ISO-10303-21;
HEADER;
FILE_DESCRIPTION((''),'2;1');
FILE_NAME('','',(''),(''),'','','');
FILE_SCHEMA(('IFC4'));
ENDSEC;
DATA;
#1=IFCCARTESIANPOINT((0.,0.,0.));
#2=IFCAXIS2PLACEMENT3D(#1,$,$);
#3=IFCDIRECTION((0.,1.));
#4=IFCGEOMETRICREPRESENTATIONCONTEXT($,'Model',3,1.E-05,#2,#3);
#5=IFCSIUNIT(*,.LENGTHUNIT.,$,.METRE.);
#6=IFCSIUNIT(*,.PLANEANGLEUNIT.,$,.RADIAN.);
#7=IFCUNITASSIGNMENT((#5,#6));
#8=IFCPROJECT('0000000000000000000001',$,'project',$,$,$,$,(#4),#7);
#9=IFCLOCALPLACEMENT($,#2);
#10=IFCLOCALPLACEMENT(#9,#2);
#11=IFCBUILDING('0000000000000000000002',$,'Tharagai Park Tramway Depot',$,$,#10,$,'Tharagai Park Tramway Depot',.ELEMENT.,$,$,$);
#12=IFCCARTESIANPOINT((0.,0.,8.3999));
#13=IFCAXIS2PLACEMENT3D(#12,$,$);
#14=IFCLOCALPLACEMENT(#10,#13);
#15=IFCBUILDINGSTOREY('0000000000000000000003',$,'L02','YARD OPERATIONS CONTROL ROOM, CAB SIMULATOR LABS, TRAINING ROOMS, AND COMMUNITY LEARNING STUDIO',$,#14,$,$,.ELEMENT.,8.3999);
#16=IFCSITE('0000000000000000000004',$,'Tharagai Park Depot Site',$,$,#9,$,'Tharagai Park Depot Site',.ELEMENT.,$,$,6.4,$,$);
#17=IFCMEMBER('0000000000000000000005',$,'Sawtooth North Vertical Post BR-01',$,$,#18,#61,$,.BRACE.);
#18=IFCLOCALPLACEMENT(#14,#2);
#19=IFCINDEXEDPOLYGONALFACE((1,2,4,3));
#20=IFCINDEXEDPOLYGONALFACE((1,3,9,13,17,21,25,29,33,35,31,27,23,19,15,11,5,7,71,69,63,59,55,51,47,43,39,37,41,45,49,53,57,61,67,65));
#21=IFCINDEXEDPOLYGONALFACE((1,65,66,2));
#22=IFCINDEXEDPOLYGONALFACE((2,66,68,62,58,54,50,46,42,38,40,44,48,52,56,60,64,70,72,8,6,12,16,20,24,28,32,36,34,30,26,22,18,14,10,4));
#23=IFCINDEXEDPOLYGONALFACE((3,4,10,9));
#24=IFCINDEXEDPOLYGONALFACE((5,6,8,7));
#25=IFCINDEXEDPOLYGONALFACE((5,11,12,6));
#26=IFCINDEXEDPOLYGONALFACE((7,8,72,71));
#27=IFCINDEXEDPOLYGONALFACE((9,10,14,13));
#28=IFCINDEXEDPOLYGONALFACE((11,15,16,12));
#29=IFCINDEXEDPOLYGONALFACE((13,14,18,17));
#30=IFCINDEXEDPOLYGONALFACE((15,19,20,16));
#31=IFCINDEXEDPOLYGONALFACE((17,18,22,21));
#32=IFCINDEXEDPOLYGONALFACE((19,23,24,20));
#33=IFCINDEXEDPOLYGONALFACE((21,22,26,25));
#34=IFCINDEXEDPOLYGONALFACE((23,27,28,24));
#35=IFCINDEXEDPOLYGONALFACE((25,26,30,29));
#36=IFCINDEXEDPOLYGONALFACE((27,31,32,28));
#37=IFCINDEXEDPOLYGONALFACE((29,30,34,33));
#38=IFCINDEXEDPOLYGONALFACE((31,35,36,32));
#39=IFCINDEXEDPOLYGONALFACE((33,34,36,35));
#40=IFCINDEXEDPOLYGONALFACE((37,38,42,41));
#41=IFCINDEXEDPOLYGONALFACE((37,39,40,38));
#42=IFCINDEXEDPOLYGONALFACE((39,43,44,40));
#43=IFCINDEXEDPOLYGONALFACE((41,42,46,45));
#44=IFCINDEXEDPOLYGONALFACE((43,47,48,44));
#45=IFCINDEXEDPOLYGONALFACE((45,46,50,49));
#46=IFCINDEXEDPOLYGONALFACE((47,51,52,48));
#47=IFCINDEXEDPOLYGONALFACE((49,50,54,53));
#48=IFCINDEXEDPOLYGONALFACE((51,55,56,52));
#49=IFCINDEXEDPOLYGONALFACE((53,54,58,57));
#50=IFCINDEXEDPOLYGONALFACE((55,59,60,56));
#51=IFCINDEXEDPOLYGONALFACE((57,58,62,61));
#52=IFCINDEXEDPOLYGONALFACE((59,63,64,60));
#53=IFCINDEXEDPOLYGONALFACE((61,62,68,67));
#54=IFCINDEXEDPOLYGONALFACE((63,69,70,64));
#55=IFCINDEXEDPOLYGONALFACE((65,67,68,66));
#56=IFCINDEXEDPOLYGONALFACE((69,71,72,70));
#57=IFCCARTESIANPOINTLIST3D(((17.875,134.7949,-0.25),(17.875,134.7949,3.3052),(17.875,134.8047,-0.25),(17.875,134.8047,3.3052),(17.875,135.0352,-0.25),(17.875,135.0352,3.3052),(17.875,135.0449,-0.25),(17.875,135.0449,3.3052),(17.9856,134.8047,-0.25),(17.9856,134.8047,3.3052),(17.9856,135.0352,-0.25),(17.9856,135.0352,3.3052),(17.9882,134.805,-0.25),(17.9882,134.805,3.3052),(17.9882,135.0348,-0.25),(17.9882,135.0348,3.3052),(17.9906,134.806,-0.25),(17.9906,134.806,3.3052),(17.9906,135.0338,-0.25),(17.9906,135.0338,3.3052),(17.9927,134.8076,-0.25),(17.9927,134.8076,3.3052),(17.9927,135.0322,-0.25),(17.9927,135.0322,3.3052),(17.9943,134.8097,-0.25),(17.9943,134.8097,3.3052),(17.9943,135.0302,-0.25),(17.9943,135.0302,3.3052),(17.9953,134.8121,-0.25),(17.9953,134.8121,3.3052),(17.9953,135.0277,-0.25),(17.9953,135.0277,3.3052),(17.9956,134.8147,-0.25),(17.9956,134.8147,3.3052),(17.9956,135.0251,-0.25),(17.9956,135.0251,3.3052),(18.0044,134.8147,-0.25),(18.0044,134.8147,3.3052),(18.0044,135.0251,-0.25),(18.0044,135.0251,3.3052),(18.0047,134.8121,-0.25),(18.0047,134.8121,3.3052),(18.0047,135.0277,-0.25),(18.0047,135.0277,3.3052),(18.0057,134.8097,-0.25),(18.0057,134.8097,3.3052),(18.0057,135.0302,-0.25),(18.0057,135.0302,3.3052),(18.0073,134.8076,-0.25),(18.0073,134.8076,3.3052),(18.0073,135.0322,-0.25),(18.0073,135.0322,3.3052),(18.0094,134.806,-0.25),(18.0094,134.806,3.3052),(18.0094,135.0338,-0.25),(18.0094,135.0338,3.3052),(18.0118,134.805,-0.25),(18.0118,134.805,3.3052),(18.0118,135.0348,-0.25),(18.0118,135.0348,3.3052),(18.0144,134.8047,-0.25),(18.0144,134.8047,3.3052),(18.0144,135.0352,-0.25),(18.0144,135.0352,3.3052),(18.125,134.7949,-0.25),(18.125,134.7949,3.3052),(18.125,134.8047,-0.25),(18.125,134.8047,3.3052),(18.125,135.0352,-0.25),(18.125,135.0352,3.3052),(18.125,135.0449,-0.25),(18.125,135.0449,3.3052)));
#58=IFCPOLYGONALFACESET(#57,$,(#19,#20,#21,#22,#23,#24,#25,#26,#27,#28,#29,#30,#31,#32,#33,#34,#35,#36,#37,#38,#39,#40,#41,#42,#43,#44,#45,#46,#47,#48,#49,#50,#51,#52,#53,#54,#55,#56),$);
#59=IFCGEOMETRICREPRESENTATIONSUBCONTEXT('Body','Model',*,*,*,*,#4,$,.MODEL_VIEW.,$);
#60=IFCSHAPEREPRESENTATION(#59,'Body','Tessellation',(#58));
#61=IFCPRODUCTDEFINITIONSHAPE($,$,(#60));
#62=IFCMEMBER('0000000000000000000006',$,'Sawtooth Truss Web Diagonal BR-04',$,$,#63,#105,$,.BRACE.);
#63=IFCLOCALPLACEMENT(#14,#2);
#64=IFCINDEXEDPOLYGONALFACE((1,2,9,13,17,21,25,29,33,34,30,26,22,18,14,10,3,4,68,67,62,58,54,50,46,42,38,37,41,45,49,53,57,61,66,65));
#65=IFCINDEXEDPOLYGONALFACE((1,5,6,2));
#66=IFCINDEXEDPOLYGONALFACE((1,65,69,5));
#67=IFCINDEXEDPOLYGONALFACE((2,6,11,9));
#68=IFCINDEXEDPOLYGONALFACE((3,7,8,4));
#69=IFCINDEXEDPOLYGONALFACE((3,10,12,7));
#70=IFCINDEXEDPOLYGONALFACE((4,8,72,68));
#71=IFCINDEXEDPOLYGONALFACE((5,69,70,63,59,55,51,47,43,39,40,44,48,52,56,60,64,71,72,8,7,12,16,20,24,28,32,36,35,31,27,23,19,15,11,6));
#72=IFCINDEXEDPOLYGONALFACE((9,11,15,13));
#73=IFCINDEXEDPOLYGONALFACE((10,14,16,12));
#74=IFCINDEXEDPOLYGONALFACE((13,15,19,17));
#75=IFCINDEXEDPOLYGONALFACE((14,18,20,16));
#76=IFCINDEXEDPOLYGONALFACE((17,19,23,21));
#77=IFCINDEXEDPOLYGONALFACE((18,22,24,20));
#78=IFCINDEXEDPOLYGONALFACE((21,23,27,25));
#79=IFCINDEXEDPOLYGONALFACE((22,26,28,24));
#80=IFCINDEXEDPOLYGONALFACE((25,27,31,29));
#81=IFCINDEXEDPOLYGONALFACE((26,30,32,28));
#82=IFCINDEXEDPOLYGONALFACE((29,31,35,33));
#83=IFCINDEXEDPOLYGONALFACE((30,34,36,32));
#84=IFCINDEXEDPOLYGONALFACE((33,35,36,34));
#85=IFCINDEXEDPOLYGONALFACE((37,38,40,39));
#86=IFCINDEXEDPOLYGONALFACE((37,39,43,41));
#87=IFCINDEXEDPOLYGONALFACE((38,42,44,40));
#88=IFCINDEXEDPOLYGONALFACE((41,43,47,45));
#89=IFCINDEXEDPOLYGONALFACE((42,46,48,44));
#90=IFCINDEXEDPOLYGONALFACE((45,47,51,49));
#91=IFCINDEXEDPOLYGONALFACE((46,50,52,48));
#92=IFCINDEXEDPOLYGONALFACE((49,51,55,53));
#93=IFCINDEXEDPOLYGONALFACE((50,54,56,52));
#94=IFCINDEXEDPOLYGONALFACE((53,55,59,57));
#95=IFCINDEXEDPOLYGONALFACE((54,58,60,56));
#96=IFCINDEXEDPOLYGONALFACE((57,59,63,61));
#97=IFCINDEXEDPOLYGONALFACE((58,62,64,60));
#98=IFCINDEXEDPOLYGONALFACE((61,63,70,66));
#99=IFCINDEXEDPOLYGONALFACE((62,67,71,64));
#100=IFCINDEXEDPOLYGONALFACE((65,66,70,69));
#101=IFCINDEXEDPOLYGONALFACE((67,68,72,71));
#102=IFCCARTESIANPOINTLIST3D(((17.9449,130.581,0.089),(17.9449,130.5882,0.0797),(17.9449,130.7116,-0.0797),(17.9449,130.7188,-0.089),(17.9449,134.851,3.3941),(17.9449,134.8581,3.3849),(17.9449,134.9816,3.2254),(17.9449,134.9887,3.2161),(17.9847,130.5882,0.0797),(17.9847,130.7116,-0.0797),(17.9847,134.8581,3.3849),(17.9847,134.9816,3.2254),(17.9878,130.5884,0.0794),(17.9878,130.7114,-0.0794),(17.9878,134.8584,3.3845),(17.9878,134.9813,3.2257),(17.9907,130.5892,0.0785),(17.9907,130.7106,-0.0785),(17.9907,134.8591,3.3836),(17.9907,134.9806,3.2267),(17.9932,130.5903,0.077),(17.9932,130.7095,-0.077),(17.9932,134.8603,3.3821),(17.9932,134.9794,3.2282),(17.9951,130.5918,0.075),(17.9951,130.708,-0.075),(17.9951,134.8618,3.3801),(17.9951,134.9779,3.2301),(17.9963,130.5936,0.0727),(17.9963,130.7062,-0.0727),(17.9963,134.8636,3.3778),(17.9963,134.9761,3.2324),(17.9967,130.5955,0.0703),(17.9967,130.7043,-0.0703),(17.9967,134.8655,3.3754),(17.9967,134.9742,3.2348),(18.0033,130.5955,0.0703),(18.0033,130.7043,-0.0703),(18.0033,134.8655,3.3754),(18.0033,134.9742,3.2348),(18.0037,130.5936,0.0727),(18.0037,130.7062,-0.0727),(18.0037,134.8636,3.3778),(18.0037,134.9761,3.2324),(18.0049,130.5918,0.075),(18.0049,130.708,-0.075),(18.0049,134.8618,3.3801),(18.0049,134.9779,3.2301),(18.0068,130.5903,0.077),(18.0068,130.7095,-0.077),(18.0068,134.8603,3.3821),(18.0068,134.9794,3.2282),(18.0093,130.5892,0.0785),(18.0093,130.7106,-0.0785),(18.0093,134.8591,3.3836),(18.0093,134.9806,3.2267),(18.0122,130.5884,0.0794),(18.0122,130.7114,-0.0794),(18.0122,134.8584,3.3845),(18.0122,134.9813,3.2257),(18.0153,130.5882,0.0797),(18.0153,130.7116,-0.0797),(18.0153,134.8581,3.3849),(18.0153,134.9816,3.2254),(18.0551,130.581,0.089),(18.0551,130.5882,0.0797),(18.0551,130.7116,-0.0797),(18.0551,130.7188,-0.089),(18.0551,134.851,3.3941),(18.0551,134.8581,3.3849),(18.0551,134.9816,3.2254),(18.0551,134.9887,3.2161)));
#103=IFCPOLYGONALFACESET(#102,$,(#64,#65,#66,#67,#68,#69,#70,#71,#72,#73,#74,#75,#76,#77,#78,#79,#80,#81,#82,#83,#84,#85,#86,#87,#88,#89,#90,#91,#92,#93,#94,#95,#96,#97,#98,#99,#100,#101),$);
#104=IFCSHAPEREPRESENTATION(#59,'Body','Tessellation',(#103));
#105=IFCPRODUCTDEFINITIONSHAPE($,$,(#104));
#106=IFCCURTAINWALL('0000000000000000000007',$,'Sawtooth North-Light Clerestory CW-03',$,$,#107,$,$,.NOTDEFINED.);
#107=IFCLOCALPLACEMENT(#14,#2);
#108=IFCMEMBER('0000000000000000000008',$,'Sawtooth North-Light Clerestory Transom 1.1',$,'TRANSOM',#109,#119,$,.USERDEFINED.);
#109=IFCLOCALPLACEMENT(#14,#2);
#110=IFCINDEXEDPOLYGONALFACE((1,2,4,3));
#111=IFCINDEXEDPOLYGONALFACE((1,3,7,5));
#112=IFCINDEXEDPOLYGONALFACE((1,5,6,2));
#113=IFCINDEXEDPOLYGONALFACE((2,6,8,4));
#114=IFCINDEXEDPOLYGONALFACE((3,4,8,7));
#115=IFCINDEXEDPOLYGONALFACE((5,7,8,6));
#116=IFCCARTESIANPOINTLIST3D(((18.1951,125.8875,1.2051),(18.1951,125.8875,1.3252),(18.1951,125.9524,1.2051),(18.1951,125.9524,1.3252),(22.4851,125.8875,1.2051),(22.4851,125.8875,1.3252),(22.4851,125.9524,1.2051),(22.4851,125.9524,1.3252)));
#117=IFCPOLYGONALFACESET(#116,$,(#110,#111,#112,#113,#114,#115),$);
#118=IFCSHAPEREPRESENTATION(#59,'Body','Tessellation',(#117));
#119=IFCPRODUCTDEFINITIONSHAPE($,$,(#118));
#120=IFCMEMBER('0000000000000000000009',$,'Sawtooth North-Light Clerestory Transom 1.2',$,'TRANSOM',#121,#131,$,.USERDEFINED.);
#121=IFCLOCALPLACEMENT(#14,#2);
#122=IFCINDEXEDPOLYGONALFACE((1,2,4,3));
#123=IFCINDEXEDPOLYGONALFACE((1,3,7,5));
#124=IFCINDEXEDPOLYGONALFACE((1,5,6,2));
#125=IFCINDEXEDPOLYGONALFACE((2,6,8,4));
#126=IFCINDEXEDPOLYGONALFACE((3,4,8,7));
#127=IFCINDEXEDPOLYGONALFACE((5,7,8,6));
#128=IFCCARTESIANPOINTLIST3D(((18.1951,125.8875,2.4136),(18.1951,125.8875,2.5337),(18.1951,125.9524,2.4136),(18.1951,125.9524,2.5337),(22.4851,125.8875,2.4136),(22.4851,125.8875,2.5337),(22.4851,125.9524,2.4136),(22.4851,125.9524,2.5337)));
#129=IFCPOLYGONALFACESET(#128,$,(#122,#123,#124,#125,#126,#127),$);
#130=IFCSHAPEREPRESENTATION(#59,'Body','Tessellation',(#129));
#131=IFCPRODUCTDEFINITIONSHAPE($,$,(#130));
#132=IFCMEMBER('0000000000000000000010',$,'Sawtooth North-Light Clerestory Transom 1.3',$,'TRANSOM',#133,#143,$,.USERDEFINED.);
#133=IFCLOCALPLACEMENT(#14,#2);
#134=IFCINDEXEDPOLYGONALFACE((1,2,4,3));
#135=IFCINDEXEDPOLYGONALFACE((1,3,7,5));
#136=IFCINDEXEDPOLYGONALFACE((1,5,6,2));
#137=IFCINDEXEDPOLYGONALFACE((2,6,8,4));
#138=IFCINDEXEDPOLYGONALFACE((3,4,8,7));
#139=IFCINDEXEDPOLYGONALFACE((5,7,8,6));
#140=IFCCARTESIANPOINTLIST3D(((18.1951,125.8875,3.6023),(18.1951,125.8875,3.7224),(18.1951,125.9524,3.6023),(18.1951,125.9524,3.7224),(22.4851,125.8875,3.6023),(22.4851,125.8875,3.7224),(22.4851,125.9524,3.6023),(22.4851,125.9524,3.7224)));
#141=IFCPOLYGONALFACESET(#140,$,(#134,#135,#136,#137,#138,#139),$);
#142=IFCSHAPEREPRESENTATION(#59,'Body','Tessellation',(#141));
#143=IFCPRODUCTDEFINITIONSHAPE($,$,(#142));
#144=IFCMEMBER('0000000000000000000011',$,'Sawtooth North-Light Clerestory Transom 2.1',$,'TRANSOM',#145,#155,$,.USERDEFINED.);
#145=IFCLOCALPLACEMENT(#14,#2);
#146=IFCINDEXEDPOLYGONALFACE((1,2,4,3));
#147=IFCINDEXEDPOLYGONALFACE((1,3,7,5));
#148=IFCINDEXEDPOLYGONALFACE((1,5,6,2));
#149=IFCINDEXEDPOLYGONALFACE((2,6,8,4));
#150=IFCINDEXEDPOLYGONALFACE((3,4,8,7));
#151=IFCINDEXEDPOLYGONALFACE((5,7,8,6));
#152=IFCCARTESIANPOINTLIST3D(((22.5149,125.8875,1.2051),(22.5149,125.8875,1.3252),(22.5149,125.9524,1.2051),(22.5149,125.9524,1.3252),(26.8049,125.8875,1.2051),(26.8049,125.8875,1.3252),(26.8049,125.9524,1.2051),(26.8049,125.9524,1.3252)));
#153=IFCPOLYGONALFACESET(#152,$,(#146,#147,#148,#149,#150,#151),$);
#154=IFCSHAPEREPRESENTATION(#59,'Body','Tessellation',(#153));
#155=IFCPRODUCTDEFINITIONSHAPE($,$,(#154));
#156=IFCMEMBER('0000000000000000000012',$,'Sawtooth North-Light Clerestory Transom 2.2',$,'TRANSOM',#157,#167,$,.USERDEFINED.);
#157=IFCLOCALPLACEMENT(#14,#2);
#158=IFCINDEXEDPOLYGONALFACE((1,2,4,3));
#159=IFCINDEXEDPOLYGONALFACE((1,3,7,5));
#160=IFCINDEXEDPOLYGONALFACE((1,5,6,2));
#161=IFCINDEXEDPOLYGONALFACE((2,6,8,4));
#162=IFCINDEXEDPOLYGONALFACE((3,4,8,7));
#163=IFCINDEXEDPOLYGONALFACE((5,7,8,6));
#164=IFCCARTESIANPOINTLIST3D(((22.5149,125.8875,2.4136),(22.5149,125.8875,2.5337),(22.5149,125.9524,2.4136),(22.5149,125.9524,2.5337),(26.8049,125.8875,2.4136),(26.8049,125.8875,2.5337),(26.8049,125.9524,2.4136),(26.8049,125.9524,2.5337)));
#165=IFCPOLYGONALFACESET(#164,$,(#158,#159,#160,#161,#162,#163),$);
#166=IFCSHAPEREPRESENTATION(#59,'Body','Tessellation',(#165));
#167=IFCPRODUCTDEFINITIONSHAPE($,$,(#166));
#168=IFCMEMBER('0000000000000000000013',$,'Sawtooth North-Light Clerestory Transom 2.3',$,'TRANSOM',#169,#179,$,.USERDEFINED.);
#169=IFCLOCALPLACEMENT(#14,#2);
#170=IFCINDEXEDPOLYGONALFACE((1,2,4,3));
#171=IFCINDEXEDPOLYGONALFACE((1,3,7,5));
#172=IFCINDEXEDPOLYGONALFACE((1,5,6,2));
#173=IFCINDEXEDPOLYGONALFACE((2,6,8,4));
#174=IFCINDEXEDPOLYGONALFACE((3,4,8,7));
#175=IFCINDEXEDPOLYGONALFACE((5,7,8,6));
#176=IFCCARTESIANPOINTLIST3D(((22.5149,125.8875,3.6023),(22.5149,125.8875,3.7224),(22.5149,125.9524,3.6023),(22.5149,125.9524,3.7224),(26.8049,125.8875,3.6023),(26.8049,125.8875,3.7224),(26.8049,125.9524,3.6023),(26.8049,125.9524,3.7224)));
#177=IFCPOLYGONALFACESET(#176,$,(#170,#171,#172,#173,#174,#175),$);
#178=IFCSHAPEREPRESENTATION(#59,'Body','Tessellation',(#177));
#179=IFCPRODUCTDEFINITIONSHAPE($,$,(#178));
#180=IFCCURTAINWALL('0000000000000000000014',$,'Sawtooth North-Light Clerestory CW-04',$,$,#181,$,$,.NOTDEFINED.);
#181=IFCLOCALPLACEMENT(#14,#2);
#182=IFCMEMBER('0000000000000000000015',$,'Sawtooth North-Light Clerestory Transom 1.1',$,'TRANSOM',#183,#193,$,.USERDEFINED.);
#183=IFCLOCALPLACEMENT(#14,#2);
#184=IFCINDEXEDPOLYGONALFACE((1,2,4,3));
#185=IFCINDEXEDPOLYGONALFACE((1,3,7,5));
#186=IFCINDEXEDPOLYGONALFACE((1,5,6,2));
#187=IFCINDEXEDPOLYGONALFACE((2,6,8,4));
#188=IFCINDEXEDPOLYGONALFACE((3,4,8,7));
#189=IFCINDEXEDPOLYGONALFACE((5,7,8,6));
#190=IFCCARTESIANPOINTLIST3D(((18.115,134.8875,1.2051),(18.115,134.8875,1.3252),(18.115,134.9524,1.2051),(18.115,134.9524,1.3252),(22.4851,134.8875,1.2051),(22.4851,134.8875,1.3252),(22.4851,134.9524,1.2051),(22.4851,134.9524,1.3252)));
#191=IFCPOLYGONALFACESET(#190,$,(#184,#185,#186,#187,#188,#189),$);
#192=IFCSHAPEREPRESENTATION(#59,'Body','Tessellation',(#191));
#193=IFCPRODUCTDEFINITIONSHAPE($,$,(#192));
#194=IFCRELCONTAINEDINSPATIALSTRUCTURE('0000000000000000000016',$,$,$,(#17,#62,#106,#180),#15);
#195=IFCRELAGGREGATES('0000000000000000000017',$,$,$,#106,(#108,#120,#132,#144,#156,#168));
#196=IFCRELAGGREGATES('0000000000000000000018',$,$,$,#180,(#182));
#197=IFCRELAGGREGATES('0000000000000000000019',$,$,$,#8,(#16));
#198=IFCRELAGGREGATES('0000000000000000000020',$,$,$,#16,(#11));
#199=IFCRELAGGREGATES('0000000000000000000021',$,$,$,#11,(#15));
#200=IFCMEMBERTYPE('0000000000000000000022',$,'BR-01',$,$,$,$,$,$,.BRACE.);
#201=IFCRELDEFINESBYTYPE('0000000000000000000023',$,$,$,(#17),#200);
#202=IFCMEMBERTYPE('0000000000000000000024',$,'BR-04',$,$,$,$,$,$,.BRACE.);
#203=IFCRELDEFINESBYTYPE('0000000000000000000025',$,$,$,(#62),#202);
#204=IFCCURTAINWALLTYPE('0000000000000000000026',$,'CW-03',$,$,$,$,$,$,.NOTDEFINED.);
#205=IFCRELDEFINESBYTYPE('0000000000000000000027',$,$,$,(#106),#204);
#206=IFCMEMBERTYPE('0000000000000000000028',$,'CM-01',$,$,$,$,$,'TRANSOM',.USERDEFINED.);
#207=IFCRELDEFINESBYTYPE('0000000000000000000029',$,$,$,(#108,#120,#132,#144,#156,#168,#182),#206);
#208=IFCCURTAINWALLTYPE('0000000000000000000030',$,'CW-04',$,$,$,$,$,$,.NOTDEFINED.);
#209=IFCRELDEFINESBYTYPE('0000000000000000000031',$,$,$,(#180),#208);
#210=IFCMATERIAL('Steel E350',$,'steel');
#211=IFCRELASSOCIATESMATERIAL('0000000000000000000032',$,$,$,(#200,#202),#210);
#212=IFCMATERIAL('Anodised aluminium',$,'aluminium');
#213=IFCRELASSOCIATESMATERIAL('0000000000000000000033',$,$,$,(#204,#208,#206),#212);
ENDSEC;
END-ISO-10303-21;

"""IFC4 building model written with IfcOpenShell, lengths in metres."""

from ifc_helpers import new_model, si_unit, direction, frame, origin, origin_2d, place, context, subcontext, project, spatial, rectangle, i_section, extrude, material, material_profile, profile_set, type_object, element, aggregate, save


model = new_model("IFC4")

# Units and contexts
model_context = context("Model", 3, precision=1e-05, world=origin(), true_north=direction((0.0, 1.0)))
body_context = subcontext(model_context, "Body", "Model", "MODEL_VIEW")
ifc_project = project(units=[si_unit("LENGTHUNIT", "METRE"), si_unit("PLANEANGLEUNIT", "RADIAN")], contexts=[model_context])

# Site, building, storey
site_placement = place(None, origin())
site = spatial("IfcSite", under=ifc_project, at=site_placement, Name="Tharagai Park Depot Site", LongName="Tharagai Park Depot Site", CompositionType="ELEMENT", RefElevation=6.4)
building_placement = place(site_placement, origin())
building = spatial("IfcBuilding", under=site, at=building_placement, Name="Tharagai Park Tramway Depot", LongName="Tharagai Park Tramway Depot", CompositionType="ELEMENT")
storey_placement = place(building_placement, frame((0.0, 0.0, 8.3999)))
storey = spatial("IfcBuildingStorey", under=building, at=storey_placement, Name="L02", Description="YARD OPERATIONS CONTROL ROOM, CAB SIMULATOR LABS, TRAINING ROOMS, AND COMMUNITY LEARNING STUDIO", CompositionType="ELEMENT", Elevation=8.3999)

# Members
ifc_material_1 = material(Name="Steel E350", Category="steel")
ifc_material_profile_1 = material_profile(ifc_material_1, i_section(OverallWidth=0.25, OverallDepth=0.25, WebThickness=0.0088, FlangeThickness=0.0098, FilletRadius=0.01, at=origin_2d()), Name="ISHB 250")
ifc_profile_set_1 = profile_set([ifc_material_profile_1], Name="Steel E350")
member_type_1 = type_object("IfcMemberType", Name="BR-01", PredefinedType="BRACE", material=ifc_profile_set_1)
member_1_placement = place(storey_placement, frame((18.0, 134.9199, -0.25), z_axis=(0.0, 0.0, 1.0), x_axis=(1.0, 0.0, 0.0)))
element("IfcMember", 1, at=member_1_placement, inside=storey, type_object=member_type_1, Name="Sawtooth North Vertical Post BR-01", PredefinedType="BRACE", context=body_context, shape_type="SweptSolid", body=[
    extrude(i_section(OverallWidth=0.25, OverallDepth=0.25, WebThickness=0.0088, FlangeThickness=0.0098, FilletRadius=0.01, at=origin_2d()), origin(), (0.0, 0.0, 1.0), 3.5552),
])
ifc_material_profile_2 = material_profile(ifc_material_1, i_section(OverallWidth=0.1101, OverallDepth=0.2251, WebThickness=0.0066, FlangeThickness=0.0117, FilletRadius=0.012, at=origin_2d()), Name="ISMB 225")
ifc_profile_set_2 = profile_set([ifc_material_profile_2], Name="Steel E350")
member_type_2 = type_object("IfcMemberType", Name="BR-04", PredefinedType="BRACE", material=ifc_profile_set_2)
member_2_placement = place(storey_placement, frame((18.0, 130.6499, 0.0), z_axis=(0.0, 0.790782, 0.612098), x_axis=(-1.0, 0.0, 0.0)))
element("IfcMember", 2, at=member_2_placement, inside=storey, type_object=member_type_2, Name="Sawtooth Truss Web Diagonal BR-04", PredefinedType="BRACE", context=body_context, shape_type="SweptSolid", body=[
    extrude(i_section(OverallWidth=0.1101, OverallDepth=0.2251, WebThickness=0.0066, FlangeThickness=0.0117, FilletRadius=0.012, at=origin_2d()), origin(), (0.0, 0.0, 1.0), 5.3997),
])

# Curtain walls, members
ifc_material_2 = material(Name="Anodised aluminium", Category="aluminium")
curtain_wall_type_1 = type_object("IfcCurtainWallType", Name="CW-03", PredefinedType="NOTDEFINED", material=ifc_material_2)
curtain_wall_1_placement = place(storey_placement, origin())
curtain_wall_1 = element("IfcCurtainWall", 3, at=curtain_wall_1_placement, inside=storey, type_object=curtain_wall_type_1, Name="Sawtooth North-Light Clerestory CW-03", PredefinedType="NOTDEFINED")
ifc_material_profile_3 = material_profile(ifc_material_2, rectangle(XDim=0.0649, YDim=0.1201, at=origin_2d()), Name="ALU 65x120")
ifc_profile_set_3 = profile_set([ifc_material_profile_3], Name="Anodised aluminium")
member_type_3 = type_object("IfcMemberType", Name="CM-01", ElementType="TRANSOM", PredefinedType="USERDEFINED", material=ifc_profile_set_3)
member_3_placement = place(storey_placement, frame((18.1951, 125.9199, 1.2651), z_axis=(1.0, 0.0, 0.0), x_axis=(0.0, 1.0, 0.0)))
member_3 = element("IfcMember", 4, at=member_3_placement, type_object=member_type_3, Name="Sawtooth North-Light Clerestory Transom 1.1", ObjectType="TRANSOM", PredefinedType="USERDEFINED", context=body_context, shape_type="SweptSolid", body=[
    extrude(rectangle(XDim=0.0649, YDim=0.1201, at=origin_2d()), origin(), (0.0, 0.0, 1.0), 4.29),
])
member_4_placement = place(storey_placement, frame((18.1951, 125.9199, 2.4736), z_axis=(1.0, 0.0, 0.0), x_axis=(0.0, 1.0, 0.0)))
member_4 = element("IfcMember", 5, at=member_4_placement, type_object=member_type_3, Name="Sawtooth North-Light Clerestory Transom 1.2", ObjectType="TRANSOM", PredefinedType="USERDEFINED", context=body_context, shape_type="SweptSolid", body=[
    extrude(rectangle(XDim=0.0649, YDim=0.1201, at=origin_2d()), origin(), (0.0, 0.0, 1.0), 4.29),
])
member_5_placement = place(storey_placement, frame((18.1951, 125.9199, 3.6624), z_axis=(1.0, 0.0, 0.0), x_axis=(0.0, 1.0, 0.0)))
member_5 = element("IfcMember", 6, at=member_5_placement, type_object=member_type_3, Name="Sawtooth North-Light Clerestory Transom 1.3", ObjectType="TRANSOM", PredefinedType="USERDEFINED", context=body_context, shape_type="SweptSolid", body=[
    extrude(rectangle(XDim=0.0649, YDim=0.1201, at=origin_2d()), origin(), (0.0, 0.0, 1.0), 4.29),
])
member_6_placement = place(storey_placement, frame((22.5149, 125.9199, 1.2651), z_axis=(1.0, 0.0, 0.0), x_axis=(0.0, 1.0, 0.0)))
member_6 = element("IfcMember", 7, at=member_6_placement, type_object=member_type_3, Name="Sawtooth North-Light Clerestory Transom 2.1", ObjectType="TRANSOM", PredefinedType="USERDEFINED", context=body_context, shape_type="SweptSolid", body=[
    extrude(rectangle(XDim=0.0649, YDim=0.1201, at=origin_2d()), origin(), (0.0, 0.0, 1.0), 4.29),
])
member_7_placement = place(storey_placement, frame((22.5149, 125.9199, 2.4736), z_axis=(1.0, 0.0, 0.0), x_axis=(0.0, 1.0, 0.0)))
member_7 = element("IfcMember", 8, at=member_7_placement, type_object=member_type_3, Name="Sawtooth North-Light Clerestory Transom 2.2", ObjectType="TRANSOM", PredefinedType="USERDEFINED", context=body_context, shape_type="SweptSolid", body=[
    extrude(rectangle(XDim=0.0649, YDim=0.1201, at=origin_2d()), origin(), (0.0, 0.0, 1.0), 4.29),
])
member_8_placement = place(storey_placement, frame((22.5149, 125.9199, 3.6624), z_axis=(1.0, 0.0, 0.0), x_axis=(0.0, 1.0, 0.0)))
member_8 = element("IfcMember", 9, at=member_8_placement, type_object=member_type_3, Name="Sawtooth North-Light Clerestory Transom 2.3", ObjectType="TRANSOM", PredefinedType="USERDEFINED", context=body_context, shape_type="SweptSolid", body=[
    extrude(rectangle(XDim=0.0649, YDim=0.1201, at=origin_2d()), origin(), (0.0, 0.0, 1.0), 4.29),
])
curtain_wall_type_2 = type_object("IfcCurtainWallType", Name="CW-04", PredefinedType="NOTDEFINED", material=ifc_material_2)
curtain_wall_2_placement = place(storey_placement, origin())
curtain_wall_2 = element("IfcCurtainWall", 10, at=curtain_wall_2_placement, inside=storey, type_object=curtain_wall_type_2, Name="Sawtooth North-Light Clerestory CW-04", PredefinedType="NOTDEFINED")
member_9_placement = place(storey_placement, frame((18.115, 134.9199, 1.2651), z_axis=(1.0, 0.0, 0.0), x_axis=(0.0, 1.0, 0.0)))
member_9 = element("IfcMember", 11, at=member_9_placement, type_object=member_type_3, Name="Sawtooth North-Light Clerestory Transom 1.1", ObjectType="TRANSOM", PredefinedType="USERDEFINED", context=body_context, shape_type="SweptSolid", body=[
    extrude(rectangle(XDim=0.0649, YDim=0.1201, at=origin_2d()), origin(), (0.0, 0.0, 1.0), 4.3701),
])

aggregate(curtain_wall_1, [member_3, member_4, member_5, member_6, member_7, member_8])
aggregate(curtain_wall_2, [member_9])

save(model, "model.ifc")
